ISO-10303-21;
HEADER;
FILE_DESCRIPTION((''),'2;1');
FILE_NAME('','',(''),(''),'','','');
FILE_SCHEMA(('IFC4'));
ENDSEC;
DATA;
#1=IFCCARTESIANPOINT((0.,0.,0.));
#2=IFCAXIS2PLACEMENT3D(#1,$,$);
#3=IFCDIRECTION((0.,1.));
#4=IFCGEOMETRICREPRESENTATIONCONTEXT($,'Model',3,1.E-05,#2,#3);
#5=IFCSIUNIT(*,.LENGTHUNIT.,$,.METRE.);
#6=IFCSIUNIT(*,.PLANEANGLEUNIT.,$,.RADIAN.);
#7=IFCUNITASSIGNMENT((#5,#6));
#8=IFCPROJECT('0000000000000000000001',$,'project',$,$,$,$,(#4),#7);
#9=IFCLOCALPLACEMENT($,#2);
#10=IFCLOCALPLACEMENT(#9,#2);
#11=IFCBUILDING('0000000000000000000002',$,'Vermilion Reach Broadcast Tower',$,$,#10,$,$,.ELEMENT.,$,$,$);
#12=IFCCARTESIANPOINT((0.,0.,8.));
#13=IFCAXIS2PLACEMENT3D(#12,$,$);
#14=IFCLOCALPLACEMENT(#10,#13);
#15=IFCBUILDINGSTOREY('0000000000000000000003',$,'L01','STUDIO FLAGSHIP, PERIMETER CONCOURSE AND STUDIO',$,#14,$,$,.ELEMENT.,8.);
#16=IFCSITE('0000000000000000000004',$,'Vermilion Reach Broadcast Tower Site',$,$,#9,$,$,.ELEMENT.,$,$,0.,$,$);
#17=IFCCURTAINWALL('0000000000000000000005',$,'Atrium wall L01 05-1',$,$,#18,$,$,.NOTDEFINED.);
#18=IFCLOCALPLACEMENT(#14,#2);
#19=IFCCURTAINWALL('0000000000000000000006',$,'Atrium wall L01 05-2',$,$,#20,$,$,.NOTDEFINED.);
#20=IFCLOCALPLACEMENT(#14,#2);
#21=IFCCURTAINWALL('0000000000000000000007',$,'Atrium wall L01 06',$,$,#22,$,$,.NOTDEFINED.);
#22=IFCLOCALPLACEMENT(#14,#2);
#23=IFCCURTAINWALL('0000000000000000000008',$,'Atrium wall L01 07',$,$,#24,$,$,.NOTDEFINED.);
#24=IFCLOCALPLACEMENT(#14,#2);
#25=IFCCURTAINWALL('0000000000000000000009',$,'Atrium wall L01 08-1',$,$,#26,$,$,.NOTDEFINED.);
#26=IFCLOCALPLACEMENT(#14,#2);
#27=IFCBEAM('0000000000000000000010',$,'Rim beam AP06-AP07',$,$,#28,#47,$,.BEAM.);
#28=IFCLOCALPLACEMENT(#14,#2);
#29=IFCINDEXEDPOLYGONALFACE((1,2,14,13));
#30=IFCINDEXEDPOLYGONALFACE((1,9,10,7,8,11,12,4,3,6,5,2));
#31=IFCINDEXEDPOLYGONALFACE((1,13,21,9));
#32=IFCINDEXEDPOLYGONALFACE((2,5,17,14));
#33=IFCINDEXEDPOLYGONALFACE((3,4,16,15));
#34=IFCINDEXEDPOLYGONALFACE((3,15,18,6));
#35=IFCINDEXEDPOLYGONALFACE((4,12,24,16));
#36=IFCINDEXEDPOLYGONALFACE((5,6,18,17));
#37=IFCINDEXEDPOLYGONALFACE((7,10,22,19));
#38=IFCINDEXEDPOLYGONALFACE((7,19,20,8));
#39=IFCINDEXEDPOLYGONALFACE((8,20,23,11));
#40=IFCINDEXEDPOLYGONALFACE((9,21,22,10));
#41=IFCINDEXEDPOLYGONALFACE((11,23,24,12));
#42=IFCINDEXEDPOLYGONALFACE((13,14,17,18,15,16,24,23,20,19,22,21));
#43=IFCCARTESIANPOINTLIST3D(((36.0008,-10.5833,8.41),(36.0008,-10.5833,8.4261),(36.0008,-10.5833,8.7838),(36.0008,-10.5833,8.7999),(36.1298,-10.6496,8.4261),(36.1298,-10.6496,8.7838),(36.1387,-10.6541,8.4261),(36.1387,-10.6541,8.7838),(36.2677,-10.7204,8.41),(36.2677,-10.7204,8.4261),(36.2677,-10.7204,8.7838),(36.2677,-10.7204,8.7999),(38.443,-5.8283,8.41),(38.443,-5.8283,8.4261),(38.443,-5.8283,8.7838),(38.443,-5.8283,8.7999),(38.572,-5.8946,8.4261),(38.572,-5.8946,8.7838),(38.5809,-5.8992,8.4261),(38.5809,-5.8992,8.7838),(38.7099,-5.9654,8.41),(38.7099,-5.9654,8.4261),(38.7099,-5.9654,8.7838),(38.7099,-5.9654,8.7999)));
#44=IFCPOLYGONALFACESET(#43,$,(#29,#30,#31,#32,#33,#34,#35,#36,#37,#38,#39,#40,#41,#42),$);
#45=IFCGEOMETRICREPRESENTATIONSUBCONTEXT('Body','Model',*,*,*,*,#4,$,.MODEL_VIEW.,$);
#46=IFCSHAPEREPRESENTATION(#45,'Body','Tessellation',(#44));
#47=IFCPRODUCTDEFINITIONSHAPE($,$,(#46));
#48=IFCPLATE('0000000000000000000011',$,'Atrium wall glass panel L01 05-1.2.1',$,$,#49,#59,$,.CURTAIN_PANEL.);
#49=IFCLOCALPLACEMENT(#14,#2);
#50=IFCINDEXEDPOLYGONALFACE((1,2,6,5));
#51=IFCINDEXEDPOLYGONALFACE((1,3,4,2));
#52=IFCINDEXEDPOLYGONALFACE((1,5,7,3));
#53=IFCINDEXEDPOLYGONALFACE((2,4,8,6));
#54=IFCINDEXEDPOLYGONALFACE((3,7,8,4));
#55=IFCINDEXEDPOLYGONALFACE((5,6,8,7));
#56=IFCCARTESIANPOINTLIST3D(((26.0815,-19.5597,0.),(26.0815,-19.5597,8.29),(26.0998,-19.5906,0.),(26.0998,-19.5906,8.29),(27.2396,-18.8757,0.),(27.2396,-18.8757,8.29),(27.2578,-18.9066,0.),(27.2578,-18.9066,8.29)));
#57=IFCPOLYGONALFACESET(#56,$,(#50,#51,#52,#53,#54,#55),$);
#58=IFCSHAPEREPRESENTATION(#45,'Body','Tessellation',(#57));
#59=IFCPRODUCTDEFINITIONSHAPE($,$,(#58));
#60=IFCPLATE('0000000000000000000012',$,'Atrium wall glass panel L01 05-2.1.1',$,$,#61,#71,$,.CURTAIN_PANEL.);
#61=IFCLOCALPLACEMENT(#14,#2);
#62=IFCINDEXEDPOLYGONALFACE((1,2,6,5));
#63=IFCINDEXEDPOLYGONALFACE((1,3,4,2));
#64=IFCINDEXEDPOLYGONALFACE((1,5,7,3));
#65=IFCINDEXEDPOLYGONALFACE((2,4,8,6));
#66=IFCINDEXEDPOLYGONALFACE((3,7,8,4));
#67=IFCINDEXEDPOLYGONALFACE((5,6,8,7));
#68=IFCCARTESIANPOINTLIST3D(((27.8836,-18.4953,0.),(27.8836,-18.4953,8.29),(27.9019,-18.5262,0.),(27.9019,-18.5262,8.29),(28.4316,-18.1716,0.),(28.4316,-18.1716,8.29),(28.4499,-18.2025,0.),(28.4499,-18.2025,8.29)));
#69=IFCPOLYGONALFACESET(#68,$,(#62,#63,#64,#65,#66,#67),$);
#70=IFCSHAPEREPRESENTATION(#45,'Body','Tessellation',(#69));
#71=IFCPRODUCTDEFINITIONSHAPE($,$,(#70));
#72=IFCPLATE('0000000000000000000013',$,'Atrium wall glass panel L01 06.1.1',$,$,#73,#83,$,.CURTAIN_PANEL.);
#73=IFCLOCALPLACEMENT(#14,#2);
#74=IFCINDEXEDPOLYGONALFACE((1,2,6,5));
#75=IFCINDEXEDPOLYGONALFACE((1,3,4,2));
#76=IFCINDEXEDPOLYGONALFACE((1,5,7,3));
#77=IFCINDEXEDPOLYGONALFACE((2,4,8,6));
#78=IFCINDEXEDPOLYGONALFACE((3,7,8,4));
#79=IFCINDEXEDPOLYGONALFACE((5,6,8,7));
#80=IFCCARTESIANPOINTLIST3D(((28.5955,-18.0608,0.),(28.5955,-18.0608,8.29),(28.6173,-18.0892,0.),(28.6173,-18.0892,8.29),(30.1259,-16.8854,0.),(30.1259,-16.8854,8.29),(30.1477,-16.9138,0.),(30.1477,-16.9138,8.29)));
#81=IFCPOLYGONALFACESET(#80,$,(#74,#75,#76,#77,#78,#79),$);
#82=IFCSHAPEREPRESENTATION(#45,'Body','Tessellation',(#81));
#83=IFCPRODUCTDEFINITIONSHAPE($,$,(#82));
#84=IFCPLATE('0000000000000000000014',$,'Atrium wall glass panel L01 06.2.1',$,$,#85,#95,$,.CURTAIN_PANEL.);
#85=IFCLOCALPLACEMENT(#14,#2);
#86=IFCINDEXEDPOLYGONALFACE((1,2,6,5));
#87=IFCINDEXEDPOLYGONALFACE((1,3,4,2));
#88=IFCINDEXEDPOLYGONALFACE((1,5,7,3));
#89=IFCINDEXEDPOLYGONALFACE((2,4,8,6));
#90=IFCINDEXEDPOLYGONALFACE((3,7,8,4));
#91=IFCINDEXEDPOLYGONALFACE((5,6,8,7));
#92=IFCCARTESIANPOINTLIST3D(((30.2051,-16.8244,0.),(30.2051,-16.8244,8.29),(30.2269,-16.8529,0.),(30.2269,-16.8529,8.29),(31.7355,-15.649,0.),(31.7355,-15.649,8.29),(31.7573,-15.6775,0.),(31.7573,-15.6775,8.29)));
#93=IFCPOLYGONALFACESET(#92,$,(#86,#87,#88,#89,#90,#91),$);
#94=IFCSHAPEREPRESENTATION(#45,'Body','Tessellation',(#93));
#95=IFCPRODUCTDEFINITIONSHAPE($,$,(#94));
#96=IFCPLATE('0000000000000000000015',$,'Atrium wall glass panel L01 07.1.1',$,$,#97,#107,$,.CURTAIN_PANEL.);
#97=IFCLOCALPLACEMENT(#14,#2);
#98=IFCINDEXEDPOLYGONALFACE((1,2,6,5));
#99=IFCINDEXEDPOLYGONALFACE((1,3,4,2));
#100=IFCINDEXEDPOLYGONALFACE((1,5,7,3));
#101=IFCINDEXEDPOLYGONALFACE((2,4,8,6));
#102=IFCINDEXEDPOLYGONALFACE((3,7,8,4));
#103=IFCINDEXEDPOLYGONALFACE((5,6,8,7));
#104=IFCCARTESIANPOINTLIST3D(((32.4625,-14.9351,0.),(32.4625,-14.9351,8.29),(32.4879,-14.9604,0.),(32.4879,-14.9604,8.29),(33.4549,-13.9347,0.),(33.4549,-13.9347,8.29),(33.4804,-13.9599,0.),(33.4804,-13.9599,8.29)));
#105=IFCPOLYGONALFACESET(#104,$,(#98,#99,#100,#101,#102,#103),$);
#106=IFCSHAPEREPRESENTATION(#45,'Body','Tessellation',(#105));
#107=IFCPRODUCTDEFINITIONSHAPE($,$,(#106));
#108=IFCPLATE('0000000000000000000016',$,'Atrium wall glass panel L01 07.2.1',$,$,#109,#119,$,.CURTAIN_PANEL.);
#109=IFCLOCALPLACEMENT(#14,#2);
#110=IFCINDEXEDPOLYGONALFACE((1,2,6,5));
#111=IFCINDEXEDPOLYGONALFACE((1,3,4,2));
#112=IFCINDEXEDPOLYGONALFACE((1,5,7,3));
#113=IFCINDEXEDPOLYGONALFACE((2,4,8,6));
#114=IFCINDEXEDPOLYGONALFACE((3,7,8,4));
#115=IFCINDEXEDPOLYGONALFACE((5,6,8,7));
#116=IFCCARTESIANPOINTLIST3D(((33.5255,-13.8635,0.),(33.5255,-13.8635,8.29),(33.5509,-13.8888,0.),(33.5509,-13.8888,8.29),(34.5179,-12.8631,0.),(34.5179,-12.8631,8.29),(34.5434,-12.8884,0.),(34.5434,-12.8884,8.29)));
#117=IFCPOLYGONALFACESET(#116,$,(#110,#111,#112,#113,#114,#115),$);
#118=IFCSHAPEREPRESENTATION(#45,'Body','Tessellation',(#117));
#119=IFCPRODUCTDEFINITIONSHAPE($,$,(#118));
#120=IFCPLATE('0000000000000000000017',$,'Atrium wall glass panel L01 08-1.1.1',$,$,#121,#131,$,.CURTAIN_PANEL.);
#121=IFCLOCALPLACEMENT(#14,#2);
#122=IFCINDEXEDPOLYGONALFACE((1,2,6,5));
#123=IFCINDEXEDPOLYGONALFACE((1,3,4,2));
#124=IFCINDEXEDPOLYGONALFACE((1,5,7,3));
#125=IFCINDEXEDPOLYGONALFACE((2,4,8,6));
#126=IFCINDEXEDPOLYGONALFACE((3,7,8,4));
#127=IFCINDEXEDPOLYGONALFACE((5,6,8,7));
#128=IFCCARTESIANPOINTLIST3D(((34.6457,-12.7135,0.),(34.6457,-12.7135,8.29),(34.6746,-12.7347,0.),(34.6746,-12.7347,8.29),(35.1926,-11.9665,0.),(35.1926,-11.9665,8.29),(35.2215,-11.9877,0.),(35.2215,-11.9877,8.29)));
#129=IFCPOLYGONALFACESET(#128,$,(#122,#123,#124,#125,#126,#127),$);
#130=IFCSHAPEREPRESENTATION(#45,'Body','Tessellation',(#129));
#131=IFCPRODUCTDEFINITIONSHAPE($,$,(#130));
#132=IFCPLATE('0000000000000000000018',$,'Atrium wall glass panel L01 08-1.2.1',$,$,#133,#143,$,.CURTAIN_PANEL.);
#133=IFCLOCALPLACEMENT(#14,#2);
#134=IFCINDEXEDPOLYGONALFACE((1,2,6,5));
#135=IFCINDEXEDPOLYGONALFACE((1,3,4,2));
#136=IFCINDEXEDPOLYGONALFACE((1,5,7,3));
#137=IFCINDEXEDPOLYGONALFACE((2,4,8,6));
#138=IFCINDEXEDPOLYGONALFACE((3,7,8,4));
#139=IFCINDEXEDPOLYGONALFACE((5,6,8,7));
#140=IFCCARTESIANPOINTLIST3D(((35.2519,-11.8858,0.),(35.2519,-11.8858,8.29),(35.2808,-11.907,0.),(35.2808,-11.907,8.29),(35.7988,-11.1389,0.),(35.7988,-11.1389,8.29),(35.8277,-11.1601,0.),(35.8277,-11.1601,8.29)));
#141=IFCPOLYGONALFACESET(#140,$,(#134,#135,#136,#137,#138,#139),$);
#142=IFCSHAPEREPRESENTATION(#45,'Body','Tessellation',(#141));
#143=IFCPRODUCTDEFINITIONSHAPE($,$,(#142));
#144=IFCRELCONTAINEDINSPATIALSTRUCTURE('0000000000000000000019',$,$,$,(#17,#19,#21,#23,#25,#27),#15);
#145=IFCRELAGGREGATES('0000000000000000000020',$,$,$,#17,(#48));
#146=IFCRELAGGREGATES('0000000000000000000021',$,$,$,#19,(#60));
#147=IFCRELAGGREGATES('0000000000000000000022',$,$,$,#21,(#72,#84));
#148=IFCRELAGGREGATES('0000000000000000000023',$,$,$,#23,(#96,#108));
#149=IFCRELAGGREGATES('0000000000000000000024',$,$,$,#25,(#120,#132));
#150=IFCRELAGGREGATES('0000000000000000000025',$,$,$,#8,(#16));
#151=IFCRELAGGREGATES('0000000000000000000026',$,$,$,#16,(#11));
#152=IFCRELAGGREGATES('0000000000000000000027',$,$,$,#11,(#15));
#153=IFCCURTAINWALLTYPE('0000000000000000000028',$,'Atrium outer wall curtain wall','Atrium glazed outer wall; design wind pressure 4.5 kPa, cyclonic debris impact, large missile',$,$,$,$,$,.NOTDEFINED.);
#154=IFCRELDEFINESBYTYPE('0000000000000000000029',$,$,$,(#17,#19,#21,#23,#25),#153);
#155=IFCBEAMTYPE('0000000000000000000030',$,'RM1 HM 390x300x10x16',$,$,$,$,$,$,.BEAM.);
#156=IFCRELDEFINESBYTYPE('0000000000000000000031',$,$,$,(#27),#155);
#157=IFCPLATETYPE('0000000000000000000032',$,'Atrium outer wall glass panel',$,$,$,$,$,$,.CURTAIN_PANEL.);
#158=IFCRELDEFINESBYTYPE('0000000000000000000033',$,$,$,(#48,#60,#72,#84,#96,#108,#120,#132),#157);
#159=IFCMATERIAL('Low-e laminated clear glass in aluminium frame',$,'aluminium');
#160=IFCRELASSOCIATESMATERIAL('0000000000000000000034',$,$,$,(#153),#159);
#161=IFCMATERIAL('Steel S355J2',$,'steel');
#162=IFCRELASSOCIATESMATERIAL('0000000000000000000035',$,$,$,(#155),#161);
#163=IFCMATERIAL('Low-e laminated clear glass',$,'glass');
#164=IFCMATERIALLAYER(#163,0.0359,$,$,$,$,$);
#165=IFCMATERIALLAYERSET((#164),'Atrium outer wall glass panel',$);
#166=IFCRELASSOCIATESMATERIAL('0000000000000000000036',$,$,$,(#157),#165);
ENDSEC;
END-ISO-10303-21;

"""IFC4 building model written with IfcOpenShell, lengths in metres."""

from ifc_helpers import new_model, si_unit, direction, frame, origin, origin_2d, place, context, subcontext, project, spatial, rectangle, i_section, extrude, material, layer, layer_set, material_profile, profile_set, type_object, element, aggregate, save


model = new_model("IFC4")

# Units and contexts
model_context = context("Model", 3, precision=1e-05, world=origin(), true_north=direction((0.0, 1.0)))
body_context = subcontext(model_context, "Body", "Model", "MODEL_VIEW")
ifc_project = project(units=[si_unit("LENGTHUNIT", "METRE"), si_unit("PLANEANGLEUNIT", "RADIAN")], contexts=[model_context])

# Site, building, storey
site_placement = place(None, origin())
site = spatial("IfcSite", under=ifc_project, at=site_placement, Name="Vermilion Reach Broadcast Tower Site", CompositionType="ELEMENT", RefElevation=0.0)
building_placement = place(site_placement, origin())
building = spatial("IfcBuilding", under=site, at=building_placement, Name="Vermilion Reach Broadcast Tower", CompositionType="ELEMENT")
storey_placement = place(building_placement, frame((0.0, 0.0, 8.0)))
storey = spatial("IfcBuildingStorey", under=building, at=storey_placement, Name="L01", Description="STUDIO FLAGSHIP, PERIMETER CONCOURSE AND STUDIO", CompositionType="ELEMENT", Elevation=8.0)

# Curtain wall
ifc_material_1 = material(Name="Low-e laminated clear glass in aluminium frame", Category="aluminium")
curtain_wall_type = type_object("IfcCurtainWallType", Name="Atrium outer wall curtain wall", Description="Atrium glazed outer wall; design wind pressure 4.5 kPa, cyclonic debris impact, large missile", PredefinedType="NOTDEFINED", material=ifc_material_1)
placement = place(storey_placement, origin())
curtain_wall_1 = element("IfcCurtainWall", 1, at=placement, inside=storey, type_object=curtain_wall_type, Name="Atrium wall L01 05-1", PredefinedType="NOTDEFINED")

# Curtain walls
curtain_wall_2 = element("IfcCurtainWall", 2, at=placement, inside=storey, type_object=curtain_wall_type, Name="Atrium wall L01 05-2", PredefinedType="NOTDEFINED")
curtain_wall_3 = element("IfcCurtainWall", 3, at=placement, inside=storey, type_object=curtain_wall_type, Name="Atrium wall L01 06", PredefinedType="NOTDEFINED")
curtain_wall_4 = element("IfcCurtainWall", 4, at=placement, inside=storey, type_object=curtain_wall_type, Name="Atrium wall L01 07", PredefinedType="NOTDEFINED")
curtain_wall_5 = element("IfcCurtainWall", 5, at=placement, inside=storey, type_object=curtain_wall_type, Name="Atrium wall L01 08-1", PredefinedType="NOTDEFINED")

# Beam
ifc_material_2 = material(Name="Steel S355J2", Category="steel")
ifc_material_profile_1 = material_profile(ifc_material_2, i_section(OverallWidth=0.3, OverallDepth=0.3899, WebThickness=0.01, FlangeThickness=0.0161, at=origin_2d()), Name="S355J2 HM 390x300x10x16")
ifc_profile_set_1 = profile_set([ifc_material_profile_1], Name="Steel S355J2")
beam_type = type_object("IfcBeamType", Name="RM1 HM 390x300x10x16", PredefinedType="BEAM", material=ifc_profile_set_1)
beam_1_placement = place(storey_placement, frame((36.1343, -10.6519, 8.605), z_axis=(0.45687, 0.889533, 0.0), x_axis=(-0.889533, 0.45687, 0.0)))
element("IfcBeam", 6, at=beam_1_placement, inside=storey, type_object=beam_type, Name="Rim beam AP06-AP07", PredefinedType="BEAM", context=body_context, shape_type="SweptSolid", body=[
    extrude(i_section(OverallWidth=0.3, OverallDepth=0.3899, WebThickness=0.01, FlangeThickness=0.0161, at=origin_2d()), origin(), (0.0, 0.0, 1.0), 5.3455),
])

# Plates
ifc_material_3 = material(Name="Low-e laminated clear glass", Category="glass")
ifc_layer = layer(ifc_material_3, 0.0359)
ifc_layer_set = layer_set([ifc_layer], Name="Atrium outer wall glass panel")
plate_type = type_object("IfcPlateType", Name="Atrium outer wall glass panel", PredefinedType="CURTAIN_PANEL", material=ifc_layer_set)
plate_1_placement = place(storey_placement, frame((26.6697, -19.2332, 0.0), z_axis=(0.0, 0.0, 1.0), x_axis=(0.861009, 0.50859, 0.0)))
plate_1 = element("IfcPlate", 7, at=plate_1_placement, type_object=plate_type, Name="Atrium wall glass panel L01 05-1.2.1", PredefinedType="CURTAIN_PANEL", context=body_context, shape_type="SweptSolid", body=[
    extrude(rectangle(XDim=1.345, YDim=0.0359, at=origin_2d()), origin(), (0.0, 0.0, 1.0), 8.29),
])
aggregate(curtain_wall_1, [plate_1])
plate_2_placement = place(storey_placement, frame((28.1667, -18.3489, 0.0), z_axis=(0.0, 0.0, 1.0), x_axis=(0.861009, 0.50859, 0.0)))
plate_2 = element("IfcPlate", 8, at=plate_2_placement, type_object=plate_type, Name="Atrium wall glass panel L01 05-2.1.1", PredefinedType="CURTAIN_PANEL", context=body_context, shape_type="SweptSolid", body=[
    extrude(rectangle(XDim=0.6365, YDim=0.0359, at=origin_2d()), origin(), (0.0, 0.0, 1.0), 8.29),
])
aggregate(curtain_wall_2, [plate_2])
plate_3_placement = place(storey_placement, frame((29.3716, -17.4873, 0.0), z_axis=(0.0, 0.0, 1.0), x_axis=(0.793083, 0.609114, 0.0)))
plate_3 = element("IfcPlate", 9, at=plate_3_placement, type_object=plate_type, Name="Atrium wall glass panel L01 06.1.1", PredefinedType="CURTAIN_PANEL", context=body_context, shape_type="SweptSolid", body=[
    extrude(rectangle(XDim=1.9297, YDim=0.0359, at=origin_2d()), origin(), (0.0, 0.0, 1.0), 8.29),
])
plate_4_placement = place(storey_placement, frame((30.9812, -16.251, 0.0), z_axis=(0.0, 0.0, 1.0), x_axis=(0.793083, 0.609114, 0.0)))
plate_4 = element("IfcPlate", 10, at=plate_4_placement, type_object=plate_type, Name="Atrium wall glass panel L01 06.2.1", PredefinedType="CURTAIN_PANEL", context=body_context, shape_type="SweptSolid", body=[
    extrude(rectangle(XDim=1.9297, YDim=0.0359, at=origin_2d()), origin(), (0.0, 0.0, 1.0), 8.29),
])
aggregate(curtain_wall_3, [plate_3, plate_4])
plate_5_placement = place(storey_placement, frame((32.9714, -14.4475, 0.0), z_axis=(0.0, 0.0, 1.0), x_axis=(0.704276, 0.709926, 0.0)))
plate_5 = element("IfcPlate", 11, at=plate_5_placement, type_object=plate_type, Name="Atrium wall glass panel L01 07.1.1", PredefinedType="CURTAIN_PANEL", context=body_context, shape_type="SweptSolid", body=[
    extrude(rectangle(XDim=1.4092, YDim=0.0359, at=origin_2d()), origin(), (0.0, 0.0, 1.0), 8.29),
])
plate_6_placement = place(storey_placement, frame((34.0344, -13.376, 0.0), z_axis=(0.0, 0.0, 1.0), x_axis=(0.704276, 0.709926, 0.0)))
plate_6 = element("IfcPlate", 12, at=plate_6_placement, type_object=plate_type, Name="Atrium wall glass panel L01 07.2.1", PredefinedType="CURTAIN_PANEL", context=body_context, shape_type="SweptSolid", body=[
    extrude(rectangle(XDim=1.4092, YDim=0.0359, at=origin_2d()), origin(), (0.0, 0.0, 1.0), 8.29),
])
aggregate(curtain_wall_4, [plate_5, plate_6])
plate_7_placement = place(storey_placement, frame((34.9336, -12.3506, 0.0), z_axis=(0.0, 0.0, 1.0), x_axis=(0.59076, 0.806847, 0.0)))
plate_7 = element("IfcPlate", 13, at=plate_7_placement, type_object=plate_type, Name="Atrium wall glass panel L01 08-1.1.1", PredefinedType="CURTAIN_PANEL", context=body_context, shape_type="SweptSolid", body=[
    extrude(rectangle(XDim=0.9258, YDim=0.0359, at=origin_2d()), origin(), (0.0, 0.0, 1.0), 8.29),
])
plate_8_placement = place(storey_placement, frame((35.5398, -11.5229, 0.0), z_axis=(0.0, 0.0, 1.0), x_axis=(0.59076, 0.806847, 0.0)))
plate_8 = element("IfcPlate", 14, at=plate_8_placement, type_object=plate_type, Name="Atrium wall glass panel L01 08-1.2.1", PredefinedType="CURTAIN_PANEL", context=body_context, shape_type="SweptSolid", body=[
    extrude(rectangle(XDim=0.9258, YDim=0.0359, at=origin_2d()), origin(), (0.0, 0.0, 1.0), 8.29),
])
aggregate(curtain_wall_5, [plate_7, plate_8])

save(model, "model.ifc")
